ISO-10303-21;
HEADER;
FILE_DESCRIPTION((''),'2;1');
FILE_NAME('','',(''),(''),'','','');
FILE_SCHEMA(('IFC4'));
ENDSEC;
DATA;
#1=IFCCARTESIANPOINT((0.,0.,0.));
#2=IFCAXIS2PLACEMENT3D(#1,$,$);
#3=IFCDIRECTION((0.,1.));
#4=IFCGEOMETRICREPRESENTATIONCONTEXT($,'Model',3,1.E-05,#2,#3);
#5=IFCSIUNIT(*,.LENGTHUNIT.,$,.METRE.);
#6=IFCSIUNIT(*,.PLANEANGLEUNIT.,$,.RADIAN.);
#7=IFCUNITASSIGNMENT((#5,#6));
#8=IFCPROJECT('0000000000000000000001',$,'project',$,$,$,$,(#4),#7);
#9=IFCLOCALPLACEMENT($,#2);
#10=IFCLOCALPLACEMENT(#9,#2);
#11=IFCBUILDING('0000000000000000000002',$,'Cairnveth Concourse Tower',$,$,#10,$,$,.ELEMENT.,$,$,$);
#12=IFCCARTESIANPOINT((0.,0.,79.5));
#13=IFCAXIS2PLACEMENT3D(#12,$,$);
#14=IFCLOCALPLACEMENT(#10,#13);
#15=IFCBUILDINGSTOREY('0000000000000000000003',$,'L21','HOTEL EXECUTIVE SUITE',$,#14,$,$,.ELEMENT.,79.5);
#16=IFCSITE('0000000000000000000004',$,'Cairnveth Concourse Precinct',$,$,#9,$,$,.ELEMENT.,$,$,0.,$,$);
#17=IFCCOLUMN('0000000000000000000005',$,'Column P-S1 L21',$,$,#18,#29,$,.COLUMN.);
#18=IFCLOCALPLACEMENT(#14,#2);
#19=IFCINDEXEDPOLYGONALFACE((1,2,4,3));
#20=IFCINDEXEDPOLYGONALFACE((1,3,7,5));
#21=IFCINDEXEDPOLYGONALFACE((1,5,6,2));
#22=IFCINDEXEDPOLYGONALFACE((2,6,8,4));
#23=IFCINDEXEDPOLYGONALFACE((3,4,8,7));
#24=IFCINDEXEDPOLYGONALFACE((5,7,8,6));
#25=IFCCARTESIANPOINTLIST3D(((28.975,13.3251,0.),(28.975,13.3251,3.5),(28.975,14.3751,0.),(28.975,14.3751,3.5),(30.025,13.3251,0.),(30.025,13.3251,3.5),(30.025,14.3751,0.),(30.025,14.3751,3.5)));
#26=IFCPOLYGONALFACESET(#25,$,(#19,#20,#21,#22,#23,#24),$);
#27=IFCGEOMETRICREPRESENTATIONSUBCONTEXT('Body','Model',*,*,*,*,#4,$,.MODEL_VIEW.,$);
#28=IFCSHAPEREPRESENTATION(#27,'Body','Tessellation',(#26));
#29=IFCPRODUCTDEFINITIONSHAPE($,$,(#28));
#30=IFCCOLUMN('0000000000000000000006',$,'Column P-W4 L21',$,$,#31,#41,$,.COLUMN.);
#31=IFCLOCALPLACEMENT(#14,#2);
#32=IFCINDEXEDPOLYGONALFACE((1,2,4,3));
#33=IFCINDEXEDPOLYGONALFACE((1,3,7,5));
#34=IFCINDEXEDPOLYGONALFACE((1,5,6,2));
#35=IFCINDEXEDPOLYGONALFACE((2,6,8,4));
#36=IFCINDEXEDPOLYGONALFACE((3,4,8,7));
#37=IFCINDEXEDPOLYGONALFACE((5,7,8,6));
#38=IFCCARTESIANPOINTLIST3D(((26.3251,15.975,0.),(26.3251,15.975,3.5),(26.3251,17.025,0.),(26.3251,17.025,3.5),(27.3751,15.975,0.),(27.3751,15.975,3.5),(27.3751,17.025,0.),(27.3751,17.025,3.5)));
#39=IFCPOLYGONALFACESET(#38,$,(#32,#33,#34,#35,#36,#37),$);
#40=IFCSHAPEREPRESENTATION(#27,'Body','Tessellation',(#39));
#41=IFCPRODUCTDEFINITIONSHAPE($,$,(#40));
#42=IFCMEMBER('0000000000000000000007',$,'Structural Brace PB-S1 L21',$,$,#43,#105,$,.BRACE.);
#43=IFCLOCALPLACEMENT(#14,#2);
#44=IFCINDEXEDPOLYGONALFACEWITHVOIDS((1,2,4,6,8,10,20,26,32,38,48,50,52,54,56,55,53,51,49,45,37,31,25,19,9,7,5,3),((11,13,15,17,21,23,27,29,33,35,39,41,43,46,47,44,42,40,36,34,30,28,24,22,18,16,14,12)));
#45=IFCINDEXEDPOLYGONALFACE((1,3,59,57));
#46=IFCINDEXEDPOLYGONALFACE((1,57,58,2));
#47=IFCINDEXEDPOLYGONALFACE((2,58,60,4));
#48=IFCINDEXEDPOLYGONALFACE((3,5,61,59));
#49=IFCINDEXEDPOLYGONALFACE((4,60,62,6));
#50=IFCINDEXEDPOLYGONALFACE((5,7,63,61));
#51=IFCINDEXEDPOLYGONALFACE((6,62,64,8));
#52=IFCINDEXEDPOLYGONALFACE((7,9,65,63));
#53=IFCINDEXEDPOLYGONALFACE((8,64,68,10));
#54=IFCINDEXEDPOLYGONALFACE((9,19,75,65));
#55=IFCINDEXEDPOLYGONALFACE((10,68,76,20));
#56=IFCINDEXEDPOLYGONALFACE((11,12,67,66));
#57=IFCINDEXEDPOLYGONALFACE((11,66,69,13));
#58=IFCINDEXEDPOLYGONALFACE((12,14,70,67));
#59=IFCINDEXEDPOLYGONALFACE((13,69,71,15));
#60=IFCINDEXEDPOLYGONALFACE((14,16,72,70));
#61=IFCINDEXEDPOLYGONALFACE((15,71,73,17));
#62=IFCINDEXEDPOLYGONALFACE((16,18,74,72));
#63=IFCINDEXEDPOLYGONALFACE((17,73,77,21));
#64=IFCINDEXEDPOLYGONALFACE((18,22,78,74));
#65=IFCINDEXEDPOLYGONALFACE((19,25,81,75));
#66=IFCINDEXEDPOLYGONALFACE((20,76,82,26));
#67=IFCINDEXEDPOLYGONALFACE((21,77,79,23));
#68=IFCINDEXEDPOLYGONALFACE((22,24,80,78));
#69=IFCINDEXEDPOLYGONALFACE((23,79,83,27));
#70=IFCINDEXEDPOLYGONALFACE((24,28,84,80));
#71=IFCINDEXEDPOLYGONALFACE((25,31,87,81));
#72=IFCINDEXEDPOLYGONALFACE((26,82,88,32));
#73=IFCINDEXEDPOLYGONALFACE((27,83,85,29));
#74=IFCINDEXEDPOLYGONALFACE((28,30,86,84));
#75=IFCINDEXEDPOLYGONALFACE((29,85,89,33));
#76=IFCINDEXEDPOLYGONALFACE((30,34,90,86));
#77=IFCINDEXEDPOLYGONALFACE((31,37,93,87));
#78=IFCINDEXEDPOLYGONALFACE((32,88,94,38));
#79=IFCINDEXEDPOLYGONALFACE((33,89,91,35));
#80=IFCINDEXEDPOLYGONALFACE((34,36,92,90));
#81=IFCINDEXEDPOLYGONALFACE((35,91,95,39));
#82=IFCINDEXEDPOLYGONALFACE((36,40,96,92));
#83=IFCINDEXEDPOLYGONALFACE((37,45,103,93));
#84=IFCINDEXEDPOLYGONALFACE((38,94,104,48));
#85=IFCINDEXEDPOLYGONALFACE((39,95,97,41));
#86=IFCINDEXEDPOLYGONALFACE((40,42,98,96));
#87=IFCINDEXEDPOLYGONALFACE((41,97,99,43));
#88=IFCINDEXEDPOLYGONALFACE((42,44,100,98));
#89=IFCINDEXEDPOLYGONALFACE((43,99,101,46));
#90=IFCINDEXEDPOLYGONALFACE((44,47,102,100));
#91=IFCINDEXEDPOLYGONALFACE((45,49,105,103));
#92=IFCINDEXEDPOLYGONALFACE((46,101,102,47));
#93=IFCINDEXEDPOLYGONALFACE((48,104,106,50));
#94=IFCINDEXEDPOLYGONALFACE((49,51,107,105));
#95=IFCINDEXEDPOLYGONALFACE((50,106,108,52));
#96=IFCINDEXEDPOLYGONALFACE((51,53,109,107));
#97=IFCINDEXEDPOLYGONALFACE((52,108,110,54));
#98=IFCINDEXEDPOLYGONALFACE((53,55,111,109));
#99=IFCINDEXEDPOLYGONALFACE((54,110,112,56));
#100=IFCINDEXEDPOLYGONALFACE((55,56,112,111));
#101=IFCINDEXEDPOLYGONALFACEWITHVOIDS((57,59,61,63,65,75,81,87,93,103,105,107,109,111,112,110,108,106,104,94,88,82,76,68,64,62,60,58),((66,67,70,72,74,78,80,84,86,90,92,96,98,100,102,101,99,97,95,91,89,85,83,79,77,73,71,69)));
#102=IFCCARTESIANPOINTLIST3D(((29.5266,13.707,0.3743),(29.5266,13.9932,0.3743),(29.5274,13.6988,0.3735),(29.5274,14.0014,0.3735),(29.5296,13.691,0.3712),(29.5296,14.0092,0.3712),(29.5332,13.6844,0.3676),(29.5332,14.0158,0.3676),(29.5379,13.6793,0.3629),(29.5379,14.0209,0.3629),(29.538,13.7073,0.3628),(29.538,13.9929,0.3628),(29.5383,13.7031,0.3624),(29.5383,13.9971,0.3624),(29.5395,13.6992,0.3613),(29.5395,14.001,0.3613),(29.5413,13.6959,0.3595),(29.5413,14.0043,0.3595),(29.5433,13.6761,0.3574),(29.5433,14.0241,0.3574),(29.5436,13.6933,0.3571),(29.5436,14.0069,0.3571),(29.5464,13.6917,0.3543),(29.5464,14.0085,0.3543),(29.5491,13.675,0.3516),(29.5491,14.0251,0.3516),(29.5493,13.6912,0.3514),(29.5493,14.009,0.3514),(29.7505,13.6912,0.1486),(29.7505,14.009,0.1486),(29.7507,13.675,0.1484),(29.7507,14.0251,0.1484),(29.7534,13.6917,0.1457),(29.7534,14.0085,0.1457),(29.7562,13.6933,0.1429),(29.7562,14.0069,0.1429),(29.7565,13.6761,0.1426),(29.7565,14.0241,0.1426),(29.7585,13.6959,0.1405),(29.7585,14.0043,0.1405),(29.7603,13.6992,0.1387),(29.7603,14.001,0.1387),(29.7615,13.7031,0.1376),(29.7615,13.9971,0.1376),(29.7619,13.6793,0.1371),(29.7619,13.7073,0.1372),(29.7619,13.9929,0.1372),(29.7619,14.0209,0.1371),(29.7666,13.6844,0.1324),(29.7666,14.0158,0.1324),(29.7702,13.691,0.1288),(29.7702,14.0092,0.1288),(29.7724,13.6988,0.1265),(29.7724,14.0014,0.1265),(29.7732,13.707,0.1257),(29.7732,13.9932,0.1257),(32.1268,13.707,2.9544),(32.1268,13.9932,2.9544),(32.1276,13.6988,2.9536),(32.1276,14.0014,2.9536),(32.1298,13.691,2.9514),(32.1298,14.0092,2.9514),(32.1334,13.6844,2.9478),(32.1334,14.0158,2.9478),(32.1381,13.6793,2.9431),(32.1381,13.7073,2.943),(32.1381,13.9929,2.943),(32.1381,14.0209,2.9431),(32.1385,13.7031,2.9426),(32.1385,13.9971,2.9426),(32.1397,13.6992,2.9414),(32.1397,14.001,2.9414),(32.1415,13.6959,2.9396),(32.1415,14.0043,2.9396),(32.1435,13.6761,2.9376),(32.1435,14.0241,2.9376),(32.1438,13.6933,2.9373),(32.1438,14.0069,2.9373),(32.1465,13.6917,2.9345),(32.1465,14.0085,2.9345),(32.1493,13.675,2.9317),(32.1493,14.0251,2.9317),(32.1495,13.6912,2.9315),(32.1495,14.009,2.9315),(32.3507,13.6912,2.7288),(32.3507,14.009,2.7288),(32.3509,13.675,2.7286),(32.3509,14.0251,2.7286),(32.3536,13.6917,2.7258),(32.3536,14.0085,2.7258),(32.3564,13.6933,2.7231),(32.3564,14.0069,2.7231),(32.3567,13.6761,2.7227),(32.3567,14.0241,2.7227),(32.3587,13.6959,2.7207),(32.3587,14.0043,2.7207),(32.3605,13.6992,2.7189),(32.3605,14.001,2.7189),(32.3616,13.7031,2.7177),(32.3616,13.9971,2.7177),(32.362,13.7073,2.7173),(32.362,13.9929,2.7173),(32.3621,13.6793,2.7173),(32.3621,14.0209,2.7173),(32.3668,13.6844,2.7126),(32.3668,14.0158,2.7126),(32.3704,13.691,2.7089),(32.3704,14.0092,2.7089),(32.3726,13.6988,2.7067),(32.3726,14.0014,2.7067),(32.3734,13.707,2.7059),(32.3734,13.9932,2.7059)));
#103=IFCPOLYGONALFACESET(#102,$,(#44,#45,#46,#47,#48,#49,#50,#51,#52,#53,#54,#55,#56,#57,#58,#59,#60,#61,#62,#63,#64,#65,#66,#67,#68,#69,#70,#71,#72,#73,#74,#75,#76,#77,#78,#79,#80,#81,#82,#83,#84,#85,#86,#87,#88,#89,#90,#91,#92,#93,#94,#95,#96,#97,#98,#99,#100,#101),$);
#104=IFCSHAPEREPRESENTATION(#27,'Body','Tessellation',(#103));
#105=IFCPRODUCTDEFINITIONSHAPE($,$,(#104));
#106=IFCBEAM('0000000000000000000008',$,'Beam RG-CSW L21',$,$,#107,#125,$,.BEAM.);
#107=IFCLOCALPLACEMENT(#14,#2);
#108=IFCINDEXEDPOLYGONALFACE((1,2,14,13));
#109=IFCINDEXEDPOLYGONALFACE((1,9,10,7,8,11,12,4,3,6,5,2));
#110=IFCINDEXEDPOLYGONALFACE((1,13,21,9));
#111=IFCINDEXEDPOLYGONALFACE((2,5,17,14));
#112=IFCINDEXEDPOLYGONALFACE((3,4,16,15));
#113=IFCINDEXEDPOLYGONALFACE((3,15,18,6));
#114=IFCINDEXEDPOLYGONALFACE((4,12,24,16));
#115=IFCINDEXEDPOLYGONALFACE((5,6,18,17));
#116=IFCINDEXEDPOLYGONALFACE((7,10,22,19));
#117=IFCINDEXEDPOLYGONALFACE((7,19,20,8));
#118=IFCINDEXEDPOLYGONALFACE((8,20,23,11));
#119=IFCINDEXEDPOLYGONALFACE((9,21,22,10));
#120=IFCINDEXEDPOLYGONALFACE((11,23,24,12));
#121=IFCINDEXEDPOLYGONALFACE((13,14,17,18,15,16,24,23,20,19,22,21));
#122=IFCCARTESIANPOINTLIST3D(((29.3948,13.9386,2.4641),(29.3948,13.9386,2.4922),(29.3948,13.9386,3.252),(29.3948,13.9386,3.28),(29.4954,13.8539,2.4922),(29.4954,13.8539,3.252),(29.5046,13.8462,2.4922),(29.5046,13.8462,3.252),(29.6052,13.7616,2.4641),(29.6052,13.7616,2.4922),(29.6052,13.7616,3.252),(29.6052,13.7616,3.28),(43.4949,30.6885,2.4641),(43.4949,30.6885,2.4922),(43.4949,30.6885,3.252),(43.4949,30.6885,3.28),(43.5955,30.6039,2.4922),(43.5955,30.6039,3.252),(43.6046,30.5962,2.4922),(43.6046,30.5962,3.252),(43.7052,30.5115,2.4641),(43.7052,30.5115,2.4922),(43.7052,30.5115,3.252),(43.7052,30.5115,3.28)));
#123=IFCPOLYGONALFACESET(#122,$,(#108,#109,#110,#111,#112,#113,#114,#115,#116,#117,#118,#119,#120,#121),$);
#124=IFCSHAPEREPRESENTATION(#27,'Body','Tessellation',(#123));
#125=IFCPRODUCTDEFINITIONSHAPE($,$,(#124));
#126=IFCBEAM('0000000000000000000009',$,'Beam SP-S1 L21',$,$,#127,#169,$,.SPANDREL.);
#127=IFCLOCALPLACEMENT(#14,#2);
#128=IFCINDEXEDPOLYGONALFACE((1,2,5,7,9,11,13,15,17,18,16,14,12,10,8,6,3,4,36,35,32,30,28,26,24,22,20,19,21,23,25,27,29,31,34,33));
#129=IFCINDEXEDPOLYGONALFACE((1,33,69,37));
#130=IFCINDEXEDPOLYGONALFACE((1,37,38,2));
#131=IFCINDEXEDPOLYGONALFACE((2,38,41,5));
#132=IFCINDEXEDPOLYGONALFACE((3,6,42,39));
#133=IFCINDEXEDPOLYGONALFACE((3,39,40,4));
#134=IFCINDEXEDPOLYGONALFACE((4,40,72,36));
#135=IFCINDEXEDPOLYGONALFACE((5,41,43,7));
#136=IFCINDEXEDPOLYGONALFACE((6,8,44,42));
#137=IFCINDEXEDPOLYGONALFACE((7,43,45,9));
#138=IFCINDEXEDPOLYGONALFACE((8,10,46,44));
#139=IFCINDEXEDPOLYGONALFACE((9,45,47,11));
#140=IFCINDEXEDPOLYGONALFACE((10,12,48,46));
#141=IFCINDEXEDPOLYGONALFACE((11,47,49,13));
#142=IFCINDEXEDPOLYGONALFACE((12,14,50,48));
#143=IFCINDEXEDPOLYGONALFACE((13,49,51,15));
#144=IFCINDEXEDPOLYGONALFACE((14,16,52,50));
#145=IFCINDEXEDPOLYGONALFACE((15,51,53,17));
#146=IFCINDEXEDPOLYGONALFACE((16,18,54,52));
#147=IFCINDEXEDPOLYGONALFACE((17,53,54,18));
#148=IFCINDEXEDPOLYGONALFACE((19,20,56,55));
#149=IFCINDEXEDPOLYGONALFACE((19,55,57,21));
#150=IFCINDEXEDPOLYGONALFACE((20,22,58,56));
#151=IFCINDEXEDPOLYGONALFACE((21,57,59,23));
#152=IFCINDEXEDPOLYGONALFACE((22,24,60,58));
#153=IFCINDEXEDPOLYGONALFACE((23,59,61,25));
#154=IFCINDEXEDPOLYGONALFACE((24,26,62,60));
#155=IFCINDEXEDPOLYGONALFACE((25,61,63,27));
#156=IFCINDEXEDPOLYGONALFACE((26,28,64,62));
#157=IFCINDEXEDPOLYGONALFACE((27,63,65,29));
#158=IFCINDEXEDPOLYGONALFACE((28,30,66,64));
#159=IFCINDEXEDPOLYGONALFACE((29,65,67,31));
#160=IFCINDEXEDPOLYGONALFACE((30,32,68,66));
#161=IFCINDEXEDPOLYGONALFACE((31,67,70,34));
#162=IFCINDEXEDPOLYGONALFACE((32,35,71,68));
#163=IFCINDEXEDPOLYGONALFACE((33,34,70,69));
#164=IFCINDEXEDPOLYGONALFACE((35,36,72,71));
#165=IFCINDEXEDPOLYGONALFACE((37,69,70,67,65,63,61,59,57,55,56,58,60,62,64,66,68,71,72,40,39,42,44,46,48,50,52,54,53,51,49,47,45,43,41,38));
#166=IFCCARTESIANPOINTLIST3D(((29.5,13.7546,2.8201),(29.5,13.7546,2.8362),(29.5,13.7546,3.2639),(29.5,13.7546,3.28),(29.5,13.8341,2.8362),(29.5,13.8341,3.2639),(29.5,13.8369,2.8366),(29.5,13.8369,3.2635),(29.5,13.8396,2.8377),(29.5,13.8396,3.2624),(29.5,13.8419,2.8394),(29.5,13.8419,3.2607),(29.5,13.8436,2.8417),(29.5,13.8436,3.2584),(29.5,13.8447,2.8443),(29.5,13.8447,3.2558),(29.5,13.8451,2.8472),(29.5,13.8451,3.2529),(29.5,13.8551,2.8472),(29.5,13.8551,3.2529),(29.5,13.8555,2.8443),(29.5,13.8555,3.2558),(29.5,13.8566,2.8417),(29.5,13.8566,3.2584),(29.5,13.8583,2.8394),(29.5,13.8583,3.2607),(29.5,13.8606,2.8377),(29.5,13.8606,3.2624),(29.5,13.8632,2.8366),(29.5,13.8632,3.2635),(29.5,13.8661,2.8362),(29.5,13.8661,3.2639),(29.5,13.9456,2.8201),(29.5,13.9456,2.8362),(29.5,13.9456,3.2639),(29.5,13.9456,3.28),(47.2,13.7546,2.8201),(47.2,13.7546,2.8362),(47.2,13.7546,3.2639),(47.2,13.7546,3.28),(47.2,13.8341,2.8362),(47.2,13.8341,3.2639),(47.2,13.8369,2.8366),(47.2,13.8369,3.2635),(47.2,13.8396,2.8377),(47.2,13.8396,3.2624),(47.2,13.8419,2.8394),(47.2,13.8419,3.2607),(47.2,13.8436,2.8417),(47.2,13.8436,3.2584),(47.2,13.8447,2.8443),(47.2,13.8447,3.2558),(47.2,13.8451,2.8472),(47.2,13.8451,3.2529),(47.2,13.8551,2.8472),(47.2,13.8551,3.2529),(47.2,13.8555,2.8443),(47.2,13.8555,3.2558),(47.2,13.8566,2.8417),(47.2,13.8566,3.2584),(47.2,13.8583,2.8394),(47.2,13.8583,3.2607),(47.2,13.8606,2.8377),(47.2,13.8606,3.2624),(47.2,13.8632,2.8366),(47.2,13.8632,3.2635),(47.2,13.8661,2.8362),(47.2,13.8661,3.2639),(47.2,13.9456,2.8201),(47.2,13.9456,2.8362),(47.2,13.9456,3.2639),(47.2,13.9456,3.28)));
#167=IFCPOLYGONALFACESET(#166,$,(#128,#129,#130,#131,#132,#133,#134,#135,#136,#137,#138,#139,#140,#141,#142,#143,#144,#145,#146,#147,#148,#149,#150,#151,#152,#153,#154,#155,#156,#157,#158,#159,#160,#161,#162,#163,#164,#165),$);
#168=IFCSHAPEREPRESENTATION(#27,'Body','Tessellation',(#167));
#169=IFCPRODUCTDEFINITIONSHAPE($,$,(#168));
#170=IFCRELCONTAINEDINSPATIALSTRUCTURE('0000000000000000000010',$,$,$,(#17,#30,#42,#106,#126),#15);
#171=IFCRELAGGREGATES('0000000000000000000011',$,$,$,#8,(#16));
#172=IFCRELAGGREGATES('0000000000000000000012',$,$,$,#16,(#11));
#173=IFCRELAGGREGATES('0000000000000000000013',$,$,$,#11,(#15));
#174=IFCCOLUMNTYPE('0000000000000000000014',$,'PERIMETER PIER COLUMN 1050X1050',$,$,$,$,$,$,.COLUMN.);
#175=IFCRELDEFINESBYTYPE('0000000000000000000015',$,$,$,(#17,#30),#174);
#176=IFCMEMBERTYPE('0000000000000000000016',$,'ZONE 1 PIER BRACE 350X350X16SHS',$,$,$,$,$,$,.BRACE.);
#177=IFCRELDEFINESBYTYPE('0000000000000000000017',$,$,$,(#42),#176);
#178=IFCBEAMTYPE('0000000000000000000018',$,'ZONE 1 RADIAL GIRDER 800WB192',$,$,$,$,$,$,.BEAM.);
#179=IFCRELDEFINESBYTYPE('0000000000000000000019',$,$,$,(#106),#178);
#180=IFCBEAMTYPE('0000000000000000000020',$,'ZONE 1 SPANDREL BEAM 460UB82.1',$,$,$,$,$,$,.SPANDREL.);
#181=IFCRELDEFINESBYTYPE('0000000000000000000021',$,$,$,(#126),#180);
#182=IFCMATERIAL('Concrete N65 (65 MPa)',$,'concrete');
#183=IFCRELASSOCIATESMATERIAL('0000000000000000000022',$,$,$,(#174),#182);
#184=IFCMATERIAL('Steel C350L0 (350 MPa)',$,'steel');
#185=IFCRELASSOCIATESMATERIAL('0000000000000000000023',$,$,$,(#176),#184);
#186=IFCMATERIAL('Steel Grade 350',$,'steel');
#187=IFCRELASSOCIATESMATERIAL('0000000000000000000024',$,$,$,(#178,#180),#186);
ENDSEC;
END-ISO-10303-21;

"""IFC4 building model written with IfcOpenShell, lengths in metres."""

from ifc_helpers import new_model, si_unit, direction, frame, origin, origin_2d, place, context, subcontext, project, spatial, rectangle, hollow_rectangle, i_section, extrude, material, material_profile, profile_set, type_object, element, save


model = new_model("IFC4")

# Units and contexts
model_context = context("Model", 3, precision=1e-05, world=origin(), true_north=direction((0.0, 1.0)))
body_context = subcontext(model_context, "Body", "Model", "MODEL_VIEW")
ifc_project = project(units=[si_unit("LENGTHUNIT", "METRE"), si_unit("PLANEANGLEUNIT", "RADIAN")], contexts=[model_context])

# Site, building, storey
site_placement = place(None, origin())
site = spatial("IfcSite", under=ifc_project, at=site_placement, Name="Cairnveth Concourse Precinct", CompositionType="ELEMENT", RefElevation=0.0)
building_placement = place(site_placement, origin())
building = spatial("IfcBuilding", under=site, at=building_placement, Name="Cairnveth Concourse Tower", CompositionType="ELEMENT")
storey_placement = place(building_placement, frame((0.0, 0.0, 79.5)))
storey = spatial("IfcBuildingStorey", under=building, at=storey_placement, Name="L21", Description="HOTEL EXECUTIVE SUITE", CompositionType="ELEMENT", Elevation=79.5)

# Columns
ifc_material_1 = material(Name="Concrete N65 (65 MPa)", Category="concrete")
ifc_material_profile_1 = material_profile(ifc_material_1, rectangle(XDim=1.05, YDim=1.05, at=origin_2d()), Name="RC-COL-1050x1050")
ifc_profile_set_1 = profile_set([ifc_material_profile_1], Name="Concrete N65 (65 MPa)")
column_type = type_object("IfcColumnType", Name="PERIMETER PIER COLUMN 1050X1050", PredefinedType="COLUMN", material=ifc_profile_set_1)
for number, where, z_axis, x_axis, name in (
    (1, (29.5, 13.8501, 0.0), (0.0, 0.0, 1.0), (1.0, 0.0, 0.0), "Column P-S1 L21"),
    (2, (26.8501, 16.5, 0.0), (0.0, 0.0, 1.0), (0.0, 1.0, 0.0), "Column P-W4 L21"),
):
    element("IfcColumn", number, at=place(storey_placement, frame(where, z_axis=z_axis, x_axis=x_axis)), inside=storey, type_object=column_type, Name=name, PredefinedType="COLUMN", context=body_context, shape_type="SweptSolid", body=[
        extrude(rectangle(XDim=1.05, YDim=1.05, at=origin_2d()), origin(), (0.0, 0.0, 1.0), 3.5),
    ])

# Member
ifc_material_2 = material(Name="Steel C350L0 (350 MPa)", Category="steel")
ifc_material_profile_2 = material_profile(ifc_material_2, hollow_rectangle(XDim=0.3501, YDim=0.3501, WallThickness=0.0161, InnerFilletRadius=0.0161, OuterFilletRadius=0.032, at=origin_2d()), Name="350x350x16.0SHS")
ifc_profile_set_2 = profile_set([ifc_material_profile_2], Name="Steel C350L0 (350 MPa)")
member_type = type_object("IfcMemberType", Name="ZONE 1 PIER BRACE 350X350X16SHS", PredefinedType="BRACE", material=ifc_profile_set_2)
member_placement = place(storey_placement, frame((29.6499, 13.8501, 0.25), z_axis=(0.709834, 0.0, 0.704369), x_axis=(0.0, 1.0, 0.0)))
element("IfcMember", 3, at=member_placement, inside=storey, type_object=member_type, Name="Structural Brace PB-S1 L21", PredefinedType="BRACE", context=body_context, shape_type="SweptSolid", body=[
    extrude(hollow_rectangle(XDim=0.3501, YDim=0.3501, WallThickness=0.0161, InnerFilletRadius=0.0161, OuterFilletRadius=0.032, at=origin_2d()), origin(), (0.0, 0.0, 1.0), 3.6631),
])

# Beams
ifc_material_3 = material(Name="Steel Grade 350", Category="steel")
ifc_material_profile_3 = material_profile(ifc_material_3, i_section(OverallWidth=0.2749, OverallDepth=0.8159, WebThickness=0.012, FlangeThickness=0.0281, at=origin_2d()), Name="800WB192")
ifc_profile_set_3 = profile_set([ifc_material_profile_3], Name="Steel Grade 350")
beam_type_1 = type_object("IfcBeamType", Name="ZONE 1 RADIAL GIRDER 800WB192", PredefinedType="BEAM", material=ifc_profile_set_3)
beam_1_placement = place(storey_placement, frame((29.5, 13.8501, 2.8721), z_axis=(0.643998, 0.765027, 0.0), x_axis=(-0.765027, 0.643998, 0.0)))
element("IfcBeam", 4, at=beam_1_placement, inside=storey, type_object=beam_type_1, Name="Beam RG-CSW L21", PredefinedType="BEAM", context=body_context, shape_type="SweptSolid", body=[
    extrude(i_section(OverallWidth=0.2749, OverallDepth=0.8159, WebThickness=0.012, FlangeThickness=0.0281, at=origin_2d()), origin(), (0.0, 0.0, 1.0), 21.8945),
])
ifc_material_profile_4 = material_profile(ifc_material_3, i_section(OverallWidth=0.1909, OverallDepth=0.46, WebThickness=0.01, FlangeThickness=0.0161, FilletRadius=0.011, at=origin_2d()), Name="460UB82.1")
ifc_profile_set_4 = profile_set([ifc_material_profile_4], Name="Steel Grade 350")
beam_type_2 = type_object("IfcBeamType", Name="ZONE 1 SPANDREL BEAM 460UB82.1", PredefinedType="SPANDREL", material=ifc_profile_set_4)
for number, where, z_axis, x_axis, name in (
    (5, (29.5, 13.8501, 3.05), (1.0, 0.0, 0.0), (0.0, 1.0, 0.0), "Beam SP-S1 L21"),
):
    element("IfcBeam", number, at=place(storey_placement, frame(where, z_axis=z_axis, x_axis=x_axis)), inside=storey, type_object=beam_type_2, Name=name, PredefinedType="SPANDREL", context=body_context, shape_type="SweptSolid", body=[
        extrude(i_section(OverallWidth=0.1909, OverallDepth=0.46, WebThickness=0.01, FlangeThickness=0.0161, FilletRadius=0.011, at=origin_2d()), origin(), (0.0, 0.0, 1.0), 17.7),
    ])

save(model, "model.ifc")
